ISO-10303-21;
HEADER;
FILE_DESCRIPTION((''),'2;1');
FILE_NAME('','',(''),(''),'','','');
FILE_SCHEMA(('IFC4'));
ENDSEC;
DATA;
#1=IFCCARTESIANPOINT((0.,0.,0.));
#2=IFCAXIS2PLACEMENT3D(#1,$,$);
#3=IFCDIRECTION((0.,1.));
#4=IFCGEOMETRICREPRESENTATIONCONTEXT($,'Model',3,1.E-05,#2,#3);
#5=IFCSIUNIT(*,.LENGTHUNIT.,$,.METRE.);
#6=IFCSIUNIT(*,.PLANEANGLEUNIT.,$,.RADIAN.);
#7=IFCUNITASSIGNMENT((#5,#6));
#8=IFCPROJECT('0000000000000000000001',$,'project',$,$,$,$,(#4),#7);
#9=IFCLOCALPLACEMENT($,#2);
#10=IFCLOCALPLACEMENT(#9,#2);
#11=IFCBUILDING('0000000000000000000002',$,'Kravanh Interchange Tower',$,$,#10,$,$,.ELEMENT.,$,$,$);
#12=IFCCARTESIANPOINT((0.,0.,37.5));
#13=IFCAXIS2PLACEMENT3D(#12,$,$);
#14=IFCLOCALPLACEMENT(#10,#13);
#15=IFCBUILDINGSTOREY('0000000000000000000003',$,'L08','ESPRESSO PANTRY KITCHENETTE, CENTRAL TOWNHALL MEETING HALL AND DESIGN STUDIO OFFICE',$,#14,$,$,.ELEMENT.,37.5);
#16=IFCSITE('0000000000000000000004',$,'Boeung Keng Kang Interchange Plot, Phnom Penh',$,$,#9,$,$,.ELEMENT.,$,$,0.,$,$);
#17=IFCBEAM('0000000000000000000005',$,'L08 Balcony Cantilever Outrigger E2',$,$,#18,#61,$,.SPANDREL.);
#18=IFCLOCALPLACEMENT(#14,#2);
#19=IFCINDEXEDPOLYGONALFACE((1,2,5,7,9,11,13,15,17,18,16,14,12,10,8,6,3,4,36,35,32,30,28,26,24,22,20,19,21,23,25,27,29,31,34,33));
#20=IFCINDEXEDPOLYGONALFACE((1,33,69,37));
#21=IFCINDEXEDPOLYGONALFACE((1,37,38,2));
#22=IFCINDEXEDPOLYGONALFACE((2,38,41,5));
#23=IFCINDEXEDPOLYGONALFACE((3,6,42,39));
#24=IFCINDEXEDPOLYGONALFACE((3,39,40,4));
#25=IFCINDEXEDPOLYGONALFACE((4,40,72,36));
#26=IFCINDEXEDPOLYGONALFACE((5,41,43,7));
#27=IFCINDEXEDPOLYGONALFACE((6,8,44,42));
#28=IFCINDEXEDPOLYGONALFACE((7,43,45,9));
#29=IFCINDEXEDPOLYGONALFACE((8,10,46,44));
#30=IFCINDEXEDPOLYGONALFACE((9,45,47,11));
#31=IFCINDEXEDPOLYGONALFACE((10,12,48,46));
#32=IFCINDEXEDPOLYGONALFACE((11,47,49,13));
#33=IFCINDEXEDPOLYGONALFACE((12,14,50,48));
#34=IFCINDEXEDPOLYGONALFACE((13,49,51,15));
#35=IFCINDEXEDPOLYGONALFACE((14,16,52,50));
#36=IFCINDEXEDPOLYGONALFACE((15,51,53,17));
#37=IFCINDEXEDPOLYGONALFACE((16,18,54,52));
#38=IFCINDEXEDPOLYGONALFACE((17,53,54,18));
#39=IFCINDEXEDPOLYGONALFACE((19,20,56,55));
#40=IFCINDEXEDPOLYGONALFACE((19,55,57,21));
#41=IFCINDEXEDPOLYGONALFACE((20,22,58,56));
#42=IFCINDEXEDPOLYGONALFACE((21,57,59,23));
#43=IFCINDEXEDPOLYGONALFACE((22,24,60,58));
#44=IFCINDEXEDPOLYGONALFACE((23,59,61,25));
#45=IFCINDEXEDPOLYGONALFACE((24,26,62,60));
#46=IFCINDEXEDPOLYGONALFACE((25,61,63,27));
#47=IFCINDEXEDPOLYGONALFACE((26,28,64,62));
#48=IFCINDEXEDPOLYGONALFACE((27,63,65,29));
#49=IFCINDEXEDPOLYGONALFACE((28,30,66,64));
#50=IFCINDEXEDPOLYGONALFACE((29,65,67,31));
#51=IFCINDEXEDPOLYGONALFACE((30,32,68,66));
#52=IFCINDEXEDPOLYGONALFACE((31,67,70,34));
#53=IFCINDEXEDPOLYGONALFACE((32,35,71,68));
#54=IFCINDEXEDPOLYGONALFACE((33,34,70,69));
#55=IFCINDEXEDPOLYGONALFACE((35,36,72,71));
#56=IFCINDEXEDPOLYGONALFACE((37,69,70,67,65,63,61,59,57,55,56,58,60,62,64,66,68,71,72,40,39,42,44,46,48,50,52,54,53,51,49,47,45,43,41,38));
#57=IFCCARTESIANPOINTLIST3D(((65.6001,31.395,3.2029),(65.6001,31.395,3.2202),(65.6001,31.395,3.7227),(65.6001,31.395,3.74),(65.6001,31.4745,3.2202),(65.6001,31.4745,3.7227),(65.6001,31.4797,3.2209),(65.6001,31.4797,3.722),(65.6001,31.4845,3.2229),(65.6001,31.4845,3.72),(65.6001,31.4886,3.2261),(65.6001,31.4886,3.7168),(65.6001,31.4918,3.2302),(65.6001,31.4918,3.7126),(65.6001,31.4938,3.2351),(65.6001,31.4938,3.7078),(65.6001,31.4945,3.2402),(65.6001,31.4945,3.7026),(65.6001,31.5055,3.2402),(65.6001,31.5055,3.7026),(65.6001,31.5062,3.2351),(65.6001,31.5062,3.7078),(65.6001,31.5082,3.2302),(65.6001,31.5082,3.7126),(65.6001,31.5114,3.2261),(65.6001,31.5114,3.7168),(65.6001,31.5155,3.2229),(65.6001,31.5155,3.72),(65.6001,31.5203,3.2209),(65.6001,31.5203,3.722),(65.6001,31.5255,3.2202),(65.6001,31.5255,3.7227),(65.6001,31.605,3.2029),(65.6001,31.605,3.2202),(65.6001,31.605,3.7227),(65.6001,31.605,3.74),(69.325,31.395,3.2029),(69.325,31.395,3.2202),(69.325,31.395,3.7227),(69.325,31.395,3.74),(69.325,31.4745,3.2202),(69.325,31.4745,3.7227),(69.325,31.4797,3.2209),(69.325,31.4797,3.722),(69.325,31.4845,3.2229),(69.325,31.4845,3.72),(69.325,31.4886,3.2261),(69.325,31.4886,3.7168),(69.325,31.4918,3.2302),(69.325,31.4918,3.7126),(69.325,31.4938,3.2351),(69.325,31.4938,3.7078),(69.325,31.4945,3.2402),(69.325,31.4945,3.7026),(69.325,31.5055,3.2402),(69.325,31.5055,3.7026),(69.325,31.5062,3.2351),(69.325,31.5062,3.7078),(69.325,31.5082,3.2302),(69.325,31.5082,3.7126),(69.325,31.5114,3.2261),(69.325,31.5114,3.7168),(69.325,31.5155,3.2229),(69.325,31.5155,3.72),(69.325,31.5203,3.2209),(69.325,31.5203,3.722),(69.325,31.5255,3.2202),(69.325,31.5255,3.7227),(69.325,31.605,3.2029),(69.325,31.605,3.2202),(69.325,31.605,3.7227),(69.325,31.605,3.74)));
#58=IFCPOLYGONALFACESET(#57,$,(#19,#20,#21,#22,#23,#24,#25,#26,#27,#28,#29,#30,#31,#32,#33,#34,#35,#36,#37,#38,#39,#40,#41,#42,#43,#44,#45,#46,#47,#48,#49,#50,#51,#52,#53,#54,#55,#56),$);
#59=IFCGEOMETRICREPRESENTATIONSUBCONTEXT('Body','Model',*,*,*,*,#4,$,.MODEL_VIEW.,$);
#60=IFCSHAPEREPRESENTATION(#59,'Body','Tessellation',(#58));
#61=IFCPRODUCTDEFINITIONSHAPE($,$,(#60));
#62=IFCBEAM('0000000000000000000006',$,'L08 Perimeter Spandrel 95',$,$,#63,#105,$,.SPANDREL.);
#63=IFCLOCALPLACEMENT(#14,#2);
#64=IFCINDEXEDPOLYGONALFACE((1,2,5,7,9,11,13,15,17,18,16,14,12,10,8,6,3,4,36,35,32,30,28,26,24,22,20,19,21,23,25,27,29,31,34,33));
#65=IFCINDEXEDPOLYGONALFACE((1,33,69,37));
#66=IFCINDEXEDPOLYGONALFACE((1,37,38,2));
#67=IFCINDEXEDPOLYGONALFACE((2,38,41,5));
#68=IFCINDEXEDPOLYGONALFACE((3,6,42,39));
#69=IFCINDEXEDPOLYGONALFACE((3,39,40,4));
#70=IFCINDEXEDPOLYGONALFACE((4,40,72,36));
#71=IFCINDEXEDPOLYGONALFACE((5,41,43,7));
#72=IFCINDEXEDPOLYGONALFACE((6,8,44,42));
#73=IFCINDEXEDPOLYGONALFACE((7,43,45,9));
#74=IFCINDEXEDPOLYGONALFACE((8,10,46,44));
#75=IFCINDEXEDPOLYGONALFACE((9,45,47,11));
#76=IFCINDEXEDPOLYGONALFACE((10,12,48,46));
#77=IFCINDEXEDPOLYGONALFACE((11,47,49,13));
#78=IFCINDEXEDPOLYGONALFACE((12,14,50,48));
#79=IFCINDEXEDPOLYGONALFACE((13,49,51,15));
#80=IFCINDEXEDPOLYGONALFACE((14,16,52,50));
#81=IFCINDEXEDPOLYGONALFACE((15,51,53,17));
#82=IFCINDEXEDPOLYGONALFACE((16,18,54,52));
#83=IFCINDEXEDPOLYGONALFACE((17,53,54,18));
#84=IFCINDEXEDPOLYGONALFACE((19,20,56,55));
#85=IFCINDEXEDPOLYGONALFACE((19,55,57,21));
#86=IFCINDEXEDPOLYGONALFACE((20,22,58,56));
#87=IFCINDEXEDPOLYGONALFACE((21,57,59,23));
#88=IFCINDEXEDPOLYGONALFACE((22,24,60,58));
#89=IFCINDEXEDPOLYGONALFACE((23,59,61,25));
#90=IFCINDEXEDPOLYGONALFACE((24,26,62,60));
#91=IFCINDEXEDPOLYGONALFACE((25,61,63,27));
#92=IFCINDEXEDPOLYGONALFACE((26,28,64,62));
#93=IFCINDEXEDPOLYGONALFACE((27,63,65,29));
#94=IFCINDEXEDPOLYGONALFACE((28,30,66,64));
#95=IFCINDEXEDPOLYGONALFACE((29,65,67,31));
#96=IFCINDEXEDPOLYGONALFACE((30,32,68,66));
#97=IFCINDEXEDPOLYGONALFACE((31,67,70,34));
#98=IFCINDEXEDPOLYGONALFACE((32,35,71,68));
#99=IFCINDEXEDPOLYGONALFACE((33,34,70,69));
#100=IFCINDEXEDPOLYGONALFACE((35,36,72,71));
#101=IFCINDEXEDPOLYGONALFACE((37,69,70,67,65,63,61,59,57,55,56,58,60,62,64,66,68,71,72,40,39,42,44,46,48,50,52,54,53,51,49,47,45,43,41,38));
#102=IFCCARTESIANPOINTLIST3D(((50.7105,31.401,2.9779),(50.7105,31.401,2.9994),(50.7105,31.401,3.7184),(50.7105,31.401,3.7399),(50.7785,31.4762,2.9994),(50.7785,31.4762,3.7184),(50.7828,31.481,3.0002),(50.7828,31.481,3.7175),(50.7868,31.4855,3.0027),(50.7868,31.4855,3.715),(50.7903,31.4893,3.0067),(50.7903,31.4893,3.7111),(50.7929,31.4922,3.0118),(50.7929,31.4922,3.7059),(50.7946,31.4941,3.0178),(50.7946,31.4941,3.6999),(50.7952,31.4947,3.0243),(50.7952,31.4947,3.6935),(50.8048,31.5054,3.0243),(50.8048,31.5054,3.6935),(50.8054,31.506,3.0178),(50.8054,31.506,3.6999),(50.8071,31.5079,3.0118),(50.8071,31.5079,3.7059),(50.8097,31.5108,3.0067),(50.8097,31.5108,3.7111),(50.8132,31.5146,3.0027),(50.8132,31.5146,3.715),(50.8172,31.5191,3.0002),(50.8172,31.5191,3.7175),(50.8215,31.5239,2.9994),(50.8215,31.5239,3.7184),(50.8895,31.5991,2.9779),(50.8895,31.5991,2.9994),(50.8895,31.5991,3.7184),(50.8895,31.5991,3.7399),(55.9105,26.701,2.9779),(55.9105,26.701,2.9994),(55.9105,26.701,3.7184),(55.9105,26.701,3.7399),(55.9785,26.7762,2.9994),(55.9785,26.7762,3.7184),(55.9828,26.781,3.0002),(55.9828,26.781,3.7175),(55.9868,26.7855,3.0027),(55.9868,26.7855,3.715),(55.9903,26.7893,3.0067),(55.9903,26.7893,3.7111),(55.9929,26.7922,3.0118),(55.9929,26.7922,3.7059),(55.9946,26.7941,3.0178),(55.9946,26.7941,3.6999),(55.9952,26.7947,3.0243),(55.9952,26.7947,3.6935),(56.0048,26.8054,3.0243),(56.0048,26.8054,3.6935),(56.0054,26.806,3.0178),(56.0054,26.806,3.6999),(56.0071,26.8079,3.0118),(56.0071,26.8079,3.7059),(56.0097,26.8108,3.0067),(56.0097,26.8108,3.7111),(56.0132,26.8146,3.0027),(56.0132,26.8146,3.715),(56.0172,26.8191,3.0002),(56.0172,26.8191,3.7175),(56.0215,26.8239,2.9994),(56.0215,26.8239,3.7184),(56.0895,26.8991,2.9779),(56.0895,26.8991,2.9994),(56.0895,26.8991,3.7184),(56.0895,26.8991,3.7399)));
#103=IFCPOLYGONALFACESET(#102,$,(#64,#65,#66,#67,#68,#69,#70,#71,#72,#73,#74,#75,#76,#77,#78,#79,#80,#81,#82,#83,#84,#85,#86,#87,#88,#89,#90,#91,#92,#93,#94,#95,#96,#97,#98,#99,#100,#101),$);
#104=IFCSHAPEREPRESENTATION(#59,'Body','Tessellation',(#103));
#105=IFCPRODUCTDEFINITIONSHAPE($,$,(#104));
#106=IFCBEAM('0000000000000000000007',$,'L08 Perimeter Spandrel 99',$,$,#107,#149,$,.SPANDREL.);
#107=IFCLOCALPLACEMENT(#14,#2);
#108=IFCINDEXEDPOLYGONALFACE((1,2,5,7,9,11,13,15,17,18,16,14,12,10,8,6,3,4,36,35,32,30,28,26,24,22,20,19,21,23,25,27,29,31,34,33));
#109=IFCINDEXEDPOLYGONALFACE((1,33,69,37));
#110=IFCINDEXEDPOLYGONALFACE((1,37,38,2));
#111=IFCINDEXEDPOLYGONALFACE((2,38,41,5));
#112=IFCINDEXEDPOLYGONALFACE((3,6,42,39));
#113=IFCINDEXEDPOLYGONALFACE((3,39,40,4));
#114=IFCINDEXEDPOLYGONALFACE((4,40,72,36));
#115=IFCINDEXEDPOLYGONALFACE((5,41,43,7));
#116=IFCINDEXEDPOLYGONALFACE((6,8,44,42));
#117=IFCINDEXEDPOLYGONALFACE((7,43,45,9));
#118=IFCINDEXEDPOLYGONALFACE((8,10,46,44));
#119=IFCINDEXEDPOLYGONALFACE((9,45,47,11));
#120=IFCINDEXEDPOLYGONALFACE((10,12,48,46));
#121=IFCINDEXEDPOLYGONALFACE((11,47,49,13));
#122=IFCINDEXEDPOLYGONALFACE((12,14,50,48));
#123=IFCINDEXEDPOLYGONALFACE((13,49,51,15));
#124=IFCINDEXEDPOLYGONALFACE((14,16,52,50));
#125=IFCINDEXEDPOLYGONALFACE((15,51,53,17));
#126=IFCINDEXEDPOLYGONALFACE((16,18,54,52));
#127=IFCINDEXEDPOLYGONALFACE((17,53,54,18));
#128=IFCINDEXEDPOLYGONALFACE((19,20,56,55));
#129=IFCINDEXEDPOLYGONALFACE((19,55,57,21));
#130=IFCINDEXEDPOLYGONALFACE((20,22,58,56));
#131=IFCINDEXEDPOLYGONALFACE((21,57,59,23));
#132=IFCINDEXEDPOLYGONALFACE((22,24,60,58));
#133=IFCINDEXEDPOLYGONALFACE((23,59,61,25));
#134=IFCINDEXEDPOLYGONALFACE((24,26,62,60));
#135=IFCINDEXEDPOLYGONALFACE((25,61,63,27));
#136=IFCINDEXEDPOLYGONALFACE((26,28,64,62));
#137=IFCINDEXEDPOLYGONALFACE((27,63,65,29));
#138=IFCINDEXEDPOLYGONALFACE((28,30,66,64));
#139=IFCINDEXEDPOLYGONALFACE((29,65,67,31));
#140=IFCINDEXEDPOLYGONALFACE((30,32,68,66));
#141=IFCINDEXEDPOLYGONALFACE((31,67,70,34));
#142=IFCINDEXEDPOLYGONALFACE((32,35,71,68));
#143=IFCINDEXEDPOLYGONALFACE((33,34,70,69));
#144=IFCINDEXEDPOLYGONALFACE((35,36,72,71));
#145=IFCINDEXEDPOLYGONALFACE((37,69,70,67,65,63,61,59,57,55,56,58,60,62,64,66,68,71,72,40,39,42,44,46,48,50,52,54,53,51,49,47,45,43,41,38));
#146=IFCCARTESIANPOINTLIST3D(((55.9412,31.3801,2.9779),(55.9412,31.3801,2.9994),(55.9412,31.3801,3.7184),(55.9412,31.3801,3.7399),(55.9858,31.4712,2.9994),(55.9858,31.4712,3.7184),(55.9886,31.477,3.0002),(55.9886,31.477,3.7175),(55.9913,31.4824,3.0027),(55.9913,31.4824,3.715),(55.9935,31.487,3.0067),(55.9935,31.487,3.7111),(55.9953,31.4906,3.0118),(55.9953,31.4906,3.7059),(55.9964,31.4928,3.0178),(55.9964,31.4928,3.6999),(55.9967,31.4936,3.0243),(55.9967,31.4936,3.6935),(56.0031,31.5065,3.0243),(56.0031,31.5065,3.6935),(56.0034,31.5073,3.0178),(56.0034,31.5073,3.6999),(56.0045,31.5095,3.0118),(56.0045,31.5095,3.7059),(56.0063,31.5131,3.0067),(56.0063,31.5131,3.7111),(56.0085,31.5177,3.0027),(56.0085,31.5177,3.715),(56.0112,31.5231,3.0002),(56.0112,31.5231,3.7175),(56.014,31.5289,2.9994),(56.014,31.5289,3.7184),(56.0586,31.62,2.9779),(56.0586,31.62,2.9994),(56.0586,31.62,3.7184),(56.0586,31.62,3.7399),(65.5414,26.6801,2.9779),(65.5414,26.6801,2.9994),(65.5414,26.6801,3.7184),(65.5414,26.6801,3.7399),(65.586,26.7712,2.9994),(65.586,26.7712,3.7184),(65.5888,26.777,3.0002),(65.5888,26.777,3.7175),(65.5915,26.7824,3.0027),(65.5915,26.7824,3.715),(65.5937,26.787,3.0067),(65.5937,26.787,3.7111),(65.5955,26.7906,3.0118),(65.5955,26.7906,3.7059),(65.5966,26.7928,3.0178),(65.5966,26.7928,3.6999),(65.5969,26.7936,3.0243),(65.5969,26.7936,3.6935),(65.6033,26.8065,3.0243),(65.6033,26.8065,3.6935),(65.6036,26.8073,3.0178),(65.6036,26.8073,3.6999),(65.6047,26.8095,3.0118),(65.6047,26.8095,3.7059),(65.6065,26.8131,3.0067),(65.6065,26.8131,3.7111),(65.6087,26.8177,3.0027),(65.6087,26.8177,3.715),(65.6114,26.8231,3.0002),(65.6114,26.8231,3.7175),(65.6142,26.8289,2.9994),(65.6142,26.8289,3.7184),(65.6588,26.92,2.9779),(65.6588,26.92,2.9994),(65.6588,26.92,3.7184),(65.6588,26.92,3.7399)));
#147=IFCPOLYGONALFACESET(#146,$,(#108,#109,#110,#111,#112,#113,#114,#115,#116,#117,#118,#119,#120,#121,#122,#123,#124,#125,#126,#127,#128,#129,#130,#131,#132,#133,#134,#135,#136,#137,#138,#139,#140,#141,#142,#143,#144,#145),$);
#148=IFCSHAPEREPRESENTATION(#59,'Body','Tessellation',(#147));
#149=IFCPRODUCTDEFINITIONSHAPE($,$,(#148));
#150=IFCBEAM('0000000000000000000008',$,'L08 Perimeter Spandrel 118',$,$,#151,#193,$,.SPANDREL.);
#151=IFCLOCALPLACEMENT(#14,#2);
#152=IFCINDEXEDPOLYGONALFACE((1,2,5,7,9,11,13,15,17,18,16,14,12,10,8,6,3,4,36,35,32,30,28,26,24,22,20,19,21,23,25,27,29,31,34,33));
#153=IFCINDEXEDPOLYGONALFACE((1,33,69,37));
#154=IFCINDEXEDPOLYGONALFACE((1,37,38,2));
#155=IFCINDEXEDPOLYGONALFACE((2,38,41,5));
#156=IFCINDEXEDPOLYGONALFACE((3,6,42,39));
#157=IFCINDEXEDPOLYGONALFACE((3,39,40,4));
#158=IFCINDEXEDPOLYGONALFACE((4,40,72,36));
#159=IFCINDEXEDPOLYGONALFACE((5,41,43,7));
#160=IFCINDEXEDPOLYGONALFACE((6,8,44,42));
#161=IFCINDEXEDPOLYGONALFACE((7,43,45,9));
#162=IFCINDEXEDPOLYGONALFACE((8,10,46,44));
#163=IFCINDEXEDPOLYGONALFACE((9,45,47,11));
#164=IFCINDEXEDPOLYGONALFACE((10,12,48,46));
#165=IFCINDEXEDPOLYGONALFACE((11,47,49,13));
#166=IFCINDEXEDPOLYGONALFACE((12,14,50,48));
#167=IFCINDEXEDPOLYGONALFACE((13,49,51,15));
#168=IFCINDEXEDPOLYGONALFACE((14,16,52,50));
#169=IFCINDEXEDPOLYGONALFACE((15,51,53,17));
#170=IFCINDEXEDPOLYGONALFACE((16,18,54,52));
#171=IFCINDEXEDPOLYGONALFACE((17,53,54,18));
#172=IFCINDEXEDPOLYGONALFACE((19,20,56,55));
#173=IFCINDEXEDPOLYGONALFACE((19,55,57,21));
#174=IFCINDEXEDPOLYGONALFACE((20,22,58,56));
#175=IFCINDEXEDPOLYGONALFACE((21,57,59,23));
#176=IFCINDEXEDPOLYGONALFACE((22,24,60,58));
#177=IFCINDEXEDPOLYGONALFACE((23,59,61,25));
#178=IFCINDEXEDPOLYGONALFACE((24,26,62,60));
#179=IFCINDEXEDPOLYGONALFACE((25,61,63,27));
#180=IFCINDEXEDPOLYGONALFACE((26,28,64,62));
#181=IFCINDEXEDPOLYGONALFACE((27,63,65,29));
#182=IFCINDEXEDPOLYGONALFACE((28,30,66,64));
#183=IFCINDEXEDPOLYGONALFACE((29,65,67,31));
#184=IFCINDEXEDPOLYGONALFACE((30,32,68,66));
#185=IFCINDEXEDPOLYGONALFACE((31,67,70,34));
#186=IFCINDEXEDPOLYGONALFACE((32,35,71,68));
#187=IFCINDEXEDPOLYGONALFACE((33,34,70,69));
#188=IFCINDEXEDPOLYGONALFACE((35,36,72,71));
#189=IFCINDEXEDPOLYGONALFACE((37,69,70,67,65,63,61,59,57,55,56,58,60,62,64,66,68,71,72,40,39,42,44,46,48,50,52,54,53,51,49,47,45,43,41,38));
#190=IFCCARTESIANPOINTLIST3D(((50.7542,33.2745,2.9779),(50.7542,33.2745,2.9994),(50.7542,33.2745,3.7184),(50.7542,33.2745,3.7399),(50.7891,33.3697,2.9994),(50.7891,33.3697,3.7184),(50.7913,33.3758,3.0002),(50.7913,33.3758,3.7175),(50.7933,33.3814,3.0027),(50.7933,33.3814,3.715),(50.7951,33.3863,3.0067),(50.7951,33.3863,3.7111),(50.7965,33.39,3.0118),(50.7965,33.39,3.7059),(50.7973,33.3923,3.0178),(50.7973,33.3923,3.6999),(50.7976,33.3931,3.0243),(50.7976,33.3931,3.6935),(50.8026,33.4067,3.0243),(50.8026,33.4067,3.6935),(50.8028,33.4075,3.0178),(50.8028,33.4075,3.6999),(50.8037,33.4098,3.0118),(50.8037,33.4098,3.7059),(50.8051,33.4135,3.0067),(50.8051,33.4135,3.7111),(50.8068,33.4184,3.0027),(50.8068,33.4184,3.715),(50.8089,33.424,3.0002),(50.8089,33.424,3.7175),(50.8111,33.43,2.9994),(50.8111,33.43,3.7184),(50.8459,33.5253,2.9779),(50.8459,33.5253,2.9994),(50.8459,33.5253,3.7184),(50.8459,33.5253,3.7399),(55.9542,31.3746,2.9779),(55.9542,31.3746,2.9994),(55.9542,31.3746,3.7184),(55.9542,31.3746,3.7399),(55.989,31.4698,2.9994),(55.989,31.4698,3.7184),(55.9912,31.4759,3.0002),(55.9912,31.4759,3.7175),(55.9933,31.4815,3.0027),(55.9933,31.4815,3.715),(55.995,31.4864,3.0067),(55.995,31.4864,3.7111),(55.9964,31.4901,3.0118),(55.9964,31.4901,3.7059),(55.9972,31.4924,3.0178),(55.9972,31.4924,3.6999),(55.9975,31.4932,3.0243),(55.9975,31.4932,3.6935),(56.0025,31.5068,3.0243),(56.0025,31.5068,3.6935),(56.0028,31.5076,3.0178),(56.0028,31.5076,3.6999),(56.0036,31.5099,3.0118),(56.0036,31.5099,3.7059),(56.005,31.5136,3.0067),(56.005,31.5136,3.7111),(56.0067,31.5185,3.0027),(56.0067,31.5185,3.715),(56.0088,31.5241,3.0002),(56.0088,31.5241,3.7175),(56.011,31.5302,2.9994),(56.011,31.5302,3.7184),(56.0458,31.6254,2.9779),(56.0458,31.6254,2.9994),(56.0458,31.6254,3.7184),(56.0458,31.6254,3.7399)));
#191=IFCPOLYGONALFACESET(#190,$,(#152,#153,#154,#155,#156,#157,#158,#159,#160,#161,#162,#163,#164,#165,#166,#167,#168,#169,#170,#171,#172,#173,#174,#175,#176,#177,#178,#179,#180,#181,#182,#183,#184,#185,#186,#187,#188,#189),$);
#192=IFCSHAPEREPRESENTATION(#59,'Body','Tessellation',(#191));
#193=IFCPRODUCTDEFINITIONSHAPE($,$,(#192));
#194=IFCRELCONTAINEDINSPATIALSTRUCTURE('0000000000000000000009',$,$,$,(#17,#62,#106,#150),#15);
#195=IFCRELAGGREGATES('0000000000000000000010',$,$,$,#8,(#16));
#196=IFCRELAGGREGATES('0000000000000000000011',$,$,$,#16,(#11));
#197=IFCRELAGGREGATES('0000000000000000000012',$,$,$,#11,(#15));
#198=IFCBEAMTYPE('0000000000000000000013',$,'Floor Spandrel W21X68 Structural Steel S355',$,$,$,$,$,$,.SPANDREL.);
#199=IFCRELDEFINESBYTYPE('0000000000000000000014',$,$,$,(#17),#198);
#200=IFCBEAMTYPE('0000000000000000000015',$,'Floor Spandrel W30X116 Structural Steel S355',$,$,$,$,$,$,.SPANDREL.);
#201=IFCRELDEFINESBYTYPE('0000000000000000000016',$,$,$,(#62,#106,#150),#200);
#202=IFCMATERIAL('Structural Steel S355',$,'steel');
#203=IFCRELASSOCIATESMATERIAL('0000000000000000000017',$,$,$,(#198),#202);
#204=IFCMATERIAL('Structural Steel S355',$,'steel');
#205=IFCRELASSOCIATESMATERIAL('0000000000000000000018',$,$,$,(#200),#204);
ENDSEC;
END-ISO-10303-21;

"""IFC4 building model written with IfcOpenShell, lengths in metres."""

from ifc_helpers import new_model, si_unit, direction, frame, origin, origin_2d, place, context, subcontext, project, spatial, i_section, extrude, material, material_profile, profile_set, type_object, element, save


model = new_model("IFC4")

# Units and contexts
model_context = context("Model", 3, precision=1e-05, world=origin(), true_north=direction((0.0, 1.0)))
body_context = subcontext(model_context, "Body", "Model", "MODEL_VIEW")
ifc_project = project(units=[si_unit("LENGTHUNIT", "METRE"), si_unit("PLANEANGLEUNIT", "RADIAN")], contexts=[model_context])

# Site, building, storey
site_placement = place(None, origin())
site = spatial("IfcSite", under=ifc_project, at=site_placement, Name="Boeung Keng Kang Interchange Plot, Phnom Penh", CompositionType="ELEMENT", RefElevation=0.0)
building_placement = place(site_placement, origin())
building = spatial("IfcBuilding", under=site, at=building_placement, Name="Kravanh Interchange Tower", CompositionType="ELEMENT")
storey_placement = place(building_placement, frame((0.0, 0.0, 37.5)))
storey = spatial("IfcBuildingStorey", under=building, at=storey_placement, Name="L08", Description="ESPRESSO PANTRY KITCHENETTE, CENTRAL TOWNHALL MEETING HALL AND DESIGN STUDIO OFFICE", CompositionType="ELEMENT", Elevation=37.5)

# Beams
ifc_material_1 = material(Name="Structural Steel S355", Category="steel")
ifc_material_profile_1 = material_profile(ifc_material_1, i_section(OverallWidth=0.21, OverallDepth=0.5371, WebThickness=0.011, FlangeThickness=0.0173, FilletRadius=0.02, at=origin_2d()), Name="W21X68")
ifc_profile_set_1 = profile_set([ifc_material_profile_1], Name="Structural Steel S355")
beam_type_1 = type_object("IfcBeamType", Name="Floor Spandrel W21X68 Structural Steel S355", PredefinedType="SPANDREL", material=ifc_profile_set_1)
for number, where, z_axis, x_axis, name in (
    (1, (65.6001, 31.5, 3.4714), (1.0, 0.0, 0.0), (0.0, 1.0, 0.0), "L08 Balcony Cantilever Outrigger E2"),
):
    element("IfcBeam", number, at=place(storey_placement, frame(where, z_axis=z_axis, x_axis=x_axis)), inside=storey, type_object=beam_type_1, Name=name, PredefinedType="SPANDREL", context=body_context, shape_type="SweptSolid", body=[
        extrude(i_section(OverallWidth=0.21, OverallDepth=0.5371, WebThickness=0.011, FlangeThickness=0.0173, FilletRadius=0.02, at=origin_2d()), origin(), (0.0, 0.0, 1.0), 3.7249),
    ])
ifc_material_2 = material(Name="Structural Steel S355", Category="steel")
ifc_material_profile_2 = material_profile(ifc_material_2, i_section(OverallWidth=0.2671, OverallDepth=0.762, WebThickness=0.0144, FlangeThickness=0.0215, FilletRadius=0.0249, at=origin_2d()), Name="W30X116")
ifc_profile_set_2 = profile_set([ifc_material_profile_2], Name="Structural Steel S355")
beam_type_2 = type_object("IfcBeamType", Name="Floor Spandrel W30X116 Structural Steel S355", PredefinedType="SPANDREL", material=ifc_profile_set_2)
beam_1_placement = place(storey_placement, frame((56.0, 26.8, 3.3589), z_axis=(-0.741874, 0.670539, 0.0), x_axis=(-0.670539, -0.741874, 0.0)))
element("IfcBeam", 2, at=beam_1_placement, inside=storey, type_object=beam_type_2, Name="L08 Perimeter Spandrel 95", PredefinedType="SPANDREL", context=body_context, shape_type="SweptSolid", body=[
    extrude(i_section(OverallWidth=0.2671, OverallDepth=0.762, WebThickness=0.0144, FlangeThickness=0.0215, FilletRadius=0.0249, at=origin_2d()), origin(), (0.0, 0.0, 1.0), 7.0093),
])
beam_2_placement = place(storey_placement, frame((65.6001, 26.8, 3.3589), z_axis=(-0.898142, 0.439706, 0.0), x_axis=(-0.439706, -0.898142, 0.0)))
element("IfcBeam", 3, at=beam_2_placement, inside=storey, type_object=beam_type_2, Name="L08 Perimeter Spandrel 99", PredefinedType="SPANDREL", context=body_context, shape_type="SweptSolid", body=[
    extrude(i_section(OverallWidth=0.2671, OverallDepth=0.762, WebThickness=0.0144, FlangeThickness=0.0215, FilletRadius=0.0249, at=origin_2d()), origin(), (0.0, 0.0, 1.0), 10.689),
])
beam_3_placement = place(storey_placement, frame((56.0, 31.5, 3.3589), z_axis=(-0.93927, 0.34318, 0.0), x_axis=(-0.34318, -0.93927, 0.0)))
element("IfcBeam", 4, at=beam_3_placement, inside=storey, type_object=beam_type_2, Name="L08 Perimeter Spandrel 118", PredefinedType="SPANDREL", context=body_context, shape_type="SweptSolid", body=[
    extrude(i_section(OverallWidth=0.2671, OverallDepth=0.762, WebThickness=0.0144, FlangeThickness=0.0215, FilletRadius=0.0249, at=origin_2d()), origin(), (0.0, 0.0, 1.0), 5.5361),
])

save(model, "model.ifc")
